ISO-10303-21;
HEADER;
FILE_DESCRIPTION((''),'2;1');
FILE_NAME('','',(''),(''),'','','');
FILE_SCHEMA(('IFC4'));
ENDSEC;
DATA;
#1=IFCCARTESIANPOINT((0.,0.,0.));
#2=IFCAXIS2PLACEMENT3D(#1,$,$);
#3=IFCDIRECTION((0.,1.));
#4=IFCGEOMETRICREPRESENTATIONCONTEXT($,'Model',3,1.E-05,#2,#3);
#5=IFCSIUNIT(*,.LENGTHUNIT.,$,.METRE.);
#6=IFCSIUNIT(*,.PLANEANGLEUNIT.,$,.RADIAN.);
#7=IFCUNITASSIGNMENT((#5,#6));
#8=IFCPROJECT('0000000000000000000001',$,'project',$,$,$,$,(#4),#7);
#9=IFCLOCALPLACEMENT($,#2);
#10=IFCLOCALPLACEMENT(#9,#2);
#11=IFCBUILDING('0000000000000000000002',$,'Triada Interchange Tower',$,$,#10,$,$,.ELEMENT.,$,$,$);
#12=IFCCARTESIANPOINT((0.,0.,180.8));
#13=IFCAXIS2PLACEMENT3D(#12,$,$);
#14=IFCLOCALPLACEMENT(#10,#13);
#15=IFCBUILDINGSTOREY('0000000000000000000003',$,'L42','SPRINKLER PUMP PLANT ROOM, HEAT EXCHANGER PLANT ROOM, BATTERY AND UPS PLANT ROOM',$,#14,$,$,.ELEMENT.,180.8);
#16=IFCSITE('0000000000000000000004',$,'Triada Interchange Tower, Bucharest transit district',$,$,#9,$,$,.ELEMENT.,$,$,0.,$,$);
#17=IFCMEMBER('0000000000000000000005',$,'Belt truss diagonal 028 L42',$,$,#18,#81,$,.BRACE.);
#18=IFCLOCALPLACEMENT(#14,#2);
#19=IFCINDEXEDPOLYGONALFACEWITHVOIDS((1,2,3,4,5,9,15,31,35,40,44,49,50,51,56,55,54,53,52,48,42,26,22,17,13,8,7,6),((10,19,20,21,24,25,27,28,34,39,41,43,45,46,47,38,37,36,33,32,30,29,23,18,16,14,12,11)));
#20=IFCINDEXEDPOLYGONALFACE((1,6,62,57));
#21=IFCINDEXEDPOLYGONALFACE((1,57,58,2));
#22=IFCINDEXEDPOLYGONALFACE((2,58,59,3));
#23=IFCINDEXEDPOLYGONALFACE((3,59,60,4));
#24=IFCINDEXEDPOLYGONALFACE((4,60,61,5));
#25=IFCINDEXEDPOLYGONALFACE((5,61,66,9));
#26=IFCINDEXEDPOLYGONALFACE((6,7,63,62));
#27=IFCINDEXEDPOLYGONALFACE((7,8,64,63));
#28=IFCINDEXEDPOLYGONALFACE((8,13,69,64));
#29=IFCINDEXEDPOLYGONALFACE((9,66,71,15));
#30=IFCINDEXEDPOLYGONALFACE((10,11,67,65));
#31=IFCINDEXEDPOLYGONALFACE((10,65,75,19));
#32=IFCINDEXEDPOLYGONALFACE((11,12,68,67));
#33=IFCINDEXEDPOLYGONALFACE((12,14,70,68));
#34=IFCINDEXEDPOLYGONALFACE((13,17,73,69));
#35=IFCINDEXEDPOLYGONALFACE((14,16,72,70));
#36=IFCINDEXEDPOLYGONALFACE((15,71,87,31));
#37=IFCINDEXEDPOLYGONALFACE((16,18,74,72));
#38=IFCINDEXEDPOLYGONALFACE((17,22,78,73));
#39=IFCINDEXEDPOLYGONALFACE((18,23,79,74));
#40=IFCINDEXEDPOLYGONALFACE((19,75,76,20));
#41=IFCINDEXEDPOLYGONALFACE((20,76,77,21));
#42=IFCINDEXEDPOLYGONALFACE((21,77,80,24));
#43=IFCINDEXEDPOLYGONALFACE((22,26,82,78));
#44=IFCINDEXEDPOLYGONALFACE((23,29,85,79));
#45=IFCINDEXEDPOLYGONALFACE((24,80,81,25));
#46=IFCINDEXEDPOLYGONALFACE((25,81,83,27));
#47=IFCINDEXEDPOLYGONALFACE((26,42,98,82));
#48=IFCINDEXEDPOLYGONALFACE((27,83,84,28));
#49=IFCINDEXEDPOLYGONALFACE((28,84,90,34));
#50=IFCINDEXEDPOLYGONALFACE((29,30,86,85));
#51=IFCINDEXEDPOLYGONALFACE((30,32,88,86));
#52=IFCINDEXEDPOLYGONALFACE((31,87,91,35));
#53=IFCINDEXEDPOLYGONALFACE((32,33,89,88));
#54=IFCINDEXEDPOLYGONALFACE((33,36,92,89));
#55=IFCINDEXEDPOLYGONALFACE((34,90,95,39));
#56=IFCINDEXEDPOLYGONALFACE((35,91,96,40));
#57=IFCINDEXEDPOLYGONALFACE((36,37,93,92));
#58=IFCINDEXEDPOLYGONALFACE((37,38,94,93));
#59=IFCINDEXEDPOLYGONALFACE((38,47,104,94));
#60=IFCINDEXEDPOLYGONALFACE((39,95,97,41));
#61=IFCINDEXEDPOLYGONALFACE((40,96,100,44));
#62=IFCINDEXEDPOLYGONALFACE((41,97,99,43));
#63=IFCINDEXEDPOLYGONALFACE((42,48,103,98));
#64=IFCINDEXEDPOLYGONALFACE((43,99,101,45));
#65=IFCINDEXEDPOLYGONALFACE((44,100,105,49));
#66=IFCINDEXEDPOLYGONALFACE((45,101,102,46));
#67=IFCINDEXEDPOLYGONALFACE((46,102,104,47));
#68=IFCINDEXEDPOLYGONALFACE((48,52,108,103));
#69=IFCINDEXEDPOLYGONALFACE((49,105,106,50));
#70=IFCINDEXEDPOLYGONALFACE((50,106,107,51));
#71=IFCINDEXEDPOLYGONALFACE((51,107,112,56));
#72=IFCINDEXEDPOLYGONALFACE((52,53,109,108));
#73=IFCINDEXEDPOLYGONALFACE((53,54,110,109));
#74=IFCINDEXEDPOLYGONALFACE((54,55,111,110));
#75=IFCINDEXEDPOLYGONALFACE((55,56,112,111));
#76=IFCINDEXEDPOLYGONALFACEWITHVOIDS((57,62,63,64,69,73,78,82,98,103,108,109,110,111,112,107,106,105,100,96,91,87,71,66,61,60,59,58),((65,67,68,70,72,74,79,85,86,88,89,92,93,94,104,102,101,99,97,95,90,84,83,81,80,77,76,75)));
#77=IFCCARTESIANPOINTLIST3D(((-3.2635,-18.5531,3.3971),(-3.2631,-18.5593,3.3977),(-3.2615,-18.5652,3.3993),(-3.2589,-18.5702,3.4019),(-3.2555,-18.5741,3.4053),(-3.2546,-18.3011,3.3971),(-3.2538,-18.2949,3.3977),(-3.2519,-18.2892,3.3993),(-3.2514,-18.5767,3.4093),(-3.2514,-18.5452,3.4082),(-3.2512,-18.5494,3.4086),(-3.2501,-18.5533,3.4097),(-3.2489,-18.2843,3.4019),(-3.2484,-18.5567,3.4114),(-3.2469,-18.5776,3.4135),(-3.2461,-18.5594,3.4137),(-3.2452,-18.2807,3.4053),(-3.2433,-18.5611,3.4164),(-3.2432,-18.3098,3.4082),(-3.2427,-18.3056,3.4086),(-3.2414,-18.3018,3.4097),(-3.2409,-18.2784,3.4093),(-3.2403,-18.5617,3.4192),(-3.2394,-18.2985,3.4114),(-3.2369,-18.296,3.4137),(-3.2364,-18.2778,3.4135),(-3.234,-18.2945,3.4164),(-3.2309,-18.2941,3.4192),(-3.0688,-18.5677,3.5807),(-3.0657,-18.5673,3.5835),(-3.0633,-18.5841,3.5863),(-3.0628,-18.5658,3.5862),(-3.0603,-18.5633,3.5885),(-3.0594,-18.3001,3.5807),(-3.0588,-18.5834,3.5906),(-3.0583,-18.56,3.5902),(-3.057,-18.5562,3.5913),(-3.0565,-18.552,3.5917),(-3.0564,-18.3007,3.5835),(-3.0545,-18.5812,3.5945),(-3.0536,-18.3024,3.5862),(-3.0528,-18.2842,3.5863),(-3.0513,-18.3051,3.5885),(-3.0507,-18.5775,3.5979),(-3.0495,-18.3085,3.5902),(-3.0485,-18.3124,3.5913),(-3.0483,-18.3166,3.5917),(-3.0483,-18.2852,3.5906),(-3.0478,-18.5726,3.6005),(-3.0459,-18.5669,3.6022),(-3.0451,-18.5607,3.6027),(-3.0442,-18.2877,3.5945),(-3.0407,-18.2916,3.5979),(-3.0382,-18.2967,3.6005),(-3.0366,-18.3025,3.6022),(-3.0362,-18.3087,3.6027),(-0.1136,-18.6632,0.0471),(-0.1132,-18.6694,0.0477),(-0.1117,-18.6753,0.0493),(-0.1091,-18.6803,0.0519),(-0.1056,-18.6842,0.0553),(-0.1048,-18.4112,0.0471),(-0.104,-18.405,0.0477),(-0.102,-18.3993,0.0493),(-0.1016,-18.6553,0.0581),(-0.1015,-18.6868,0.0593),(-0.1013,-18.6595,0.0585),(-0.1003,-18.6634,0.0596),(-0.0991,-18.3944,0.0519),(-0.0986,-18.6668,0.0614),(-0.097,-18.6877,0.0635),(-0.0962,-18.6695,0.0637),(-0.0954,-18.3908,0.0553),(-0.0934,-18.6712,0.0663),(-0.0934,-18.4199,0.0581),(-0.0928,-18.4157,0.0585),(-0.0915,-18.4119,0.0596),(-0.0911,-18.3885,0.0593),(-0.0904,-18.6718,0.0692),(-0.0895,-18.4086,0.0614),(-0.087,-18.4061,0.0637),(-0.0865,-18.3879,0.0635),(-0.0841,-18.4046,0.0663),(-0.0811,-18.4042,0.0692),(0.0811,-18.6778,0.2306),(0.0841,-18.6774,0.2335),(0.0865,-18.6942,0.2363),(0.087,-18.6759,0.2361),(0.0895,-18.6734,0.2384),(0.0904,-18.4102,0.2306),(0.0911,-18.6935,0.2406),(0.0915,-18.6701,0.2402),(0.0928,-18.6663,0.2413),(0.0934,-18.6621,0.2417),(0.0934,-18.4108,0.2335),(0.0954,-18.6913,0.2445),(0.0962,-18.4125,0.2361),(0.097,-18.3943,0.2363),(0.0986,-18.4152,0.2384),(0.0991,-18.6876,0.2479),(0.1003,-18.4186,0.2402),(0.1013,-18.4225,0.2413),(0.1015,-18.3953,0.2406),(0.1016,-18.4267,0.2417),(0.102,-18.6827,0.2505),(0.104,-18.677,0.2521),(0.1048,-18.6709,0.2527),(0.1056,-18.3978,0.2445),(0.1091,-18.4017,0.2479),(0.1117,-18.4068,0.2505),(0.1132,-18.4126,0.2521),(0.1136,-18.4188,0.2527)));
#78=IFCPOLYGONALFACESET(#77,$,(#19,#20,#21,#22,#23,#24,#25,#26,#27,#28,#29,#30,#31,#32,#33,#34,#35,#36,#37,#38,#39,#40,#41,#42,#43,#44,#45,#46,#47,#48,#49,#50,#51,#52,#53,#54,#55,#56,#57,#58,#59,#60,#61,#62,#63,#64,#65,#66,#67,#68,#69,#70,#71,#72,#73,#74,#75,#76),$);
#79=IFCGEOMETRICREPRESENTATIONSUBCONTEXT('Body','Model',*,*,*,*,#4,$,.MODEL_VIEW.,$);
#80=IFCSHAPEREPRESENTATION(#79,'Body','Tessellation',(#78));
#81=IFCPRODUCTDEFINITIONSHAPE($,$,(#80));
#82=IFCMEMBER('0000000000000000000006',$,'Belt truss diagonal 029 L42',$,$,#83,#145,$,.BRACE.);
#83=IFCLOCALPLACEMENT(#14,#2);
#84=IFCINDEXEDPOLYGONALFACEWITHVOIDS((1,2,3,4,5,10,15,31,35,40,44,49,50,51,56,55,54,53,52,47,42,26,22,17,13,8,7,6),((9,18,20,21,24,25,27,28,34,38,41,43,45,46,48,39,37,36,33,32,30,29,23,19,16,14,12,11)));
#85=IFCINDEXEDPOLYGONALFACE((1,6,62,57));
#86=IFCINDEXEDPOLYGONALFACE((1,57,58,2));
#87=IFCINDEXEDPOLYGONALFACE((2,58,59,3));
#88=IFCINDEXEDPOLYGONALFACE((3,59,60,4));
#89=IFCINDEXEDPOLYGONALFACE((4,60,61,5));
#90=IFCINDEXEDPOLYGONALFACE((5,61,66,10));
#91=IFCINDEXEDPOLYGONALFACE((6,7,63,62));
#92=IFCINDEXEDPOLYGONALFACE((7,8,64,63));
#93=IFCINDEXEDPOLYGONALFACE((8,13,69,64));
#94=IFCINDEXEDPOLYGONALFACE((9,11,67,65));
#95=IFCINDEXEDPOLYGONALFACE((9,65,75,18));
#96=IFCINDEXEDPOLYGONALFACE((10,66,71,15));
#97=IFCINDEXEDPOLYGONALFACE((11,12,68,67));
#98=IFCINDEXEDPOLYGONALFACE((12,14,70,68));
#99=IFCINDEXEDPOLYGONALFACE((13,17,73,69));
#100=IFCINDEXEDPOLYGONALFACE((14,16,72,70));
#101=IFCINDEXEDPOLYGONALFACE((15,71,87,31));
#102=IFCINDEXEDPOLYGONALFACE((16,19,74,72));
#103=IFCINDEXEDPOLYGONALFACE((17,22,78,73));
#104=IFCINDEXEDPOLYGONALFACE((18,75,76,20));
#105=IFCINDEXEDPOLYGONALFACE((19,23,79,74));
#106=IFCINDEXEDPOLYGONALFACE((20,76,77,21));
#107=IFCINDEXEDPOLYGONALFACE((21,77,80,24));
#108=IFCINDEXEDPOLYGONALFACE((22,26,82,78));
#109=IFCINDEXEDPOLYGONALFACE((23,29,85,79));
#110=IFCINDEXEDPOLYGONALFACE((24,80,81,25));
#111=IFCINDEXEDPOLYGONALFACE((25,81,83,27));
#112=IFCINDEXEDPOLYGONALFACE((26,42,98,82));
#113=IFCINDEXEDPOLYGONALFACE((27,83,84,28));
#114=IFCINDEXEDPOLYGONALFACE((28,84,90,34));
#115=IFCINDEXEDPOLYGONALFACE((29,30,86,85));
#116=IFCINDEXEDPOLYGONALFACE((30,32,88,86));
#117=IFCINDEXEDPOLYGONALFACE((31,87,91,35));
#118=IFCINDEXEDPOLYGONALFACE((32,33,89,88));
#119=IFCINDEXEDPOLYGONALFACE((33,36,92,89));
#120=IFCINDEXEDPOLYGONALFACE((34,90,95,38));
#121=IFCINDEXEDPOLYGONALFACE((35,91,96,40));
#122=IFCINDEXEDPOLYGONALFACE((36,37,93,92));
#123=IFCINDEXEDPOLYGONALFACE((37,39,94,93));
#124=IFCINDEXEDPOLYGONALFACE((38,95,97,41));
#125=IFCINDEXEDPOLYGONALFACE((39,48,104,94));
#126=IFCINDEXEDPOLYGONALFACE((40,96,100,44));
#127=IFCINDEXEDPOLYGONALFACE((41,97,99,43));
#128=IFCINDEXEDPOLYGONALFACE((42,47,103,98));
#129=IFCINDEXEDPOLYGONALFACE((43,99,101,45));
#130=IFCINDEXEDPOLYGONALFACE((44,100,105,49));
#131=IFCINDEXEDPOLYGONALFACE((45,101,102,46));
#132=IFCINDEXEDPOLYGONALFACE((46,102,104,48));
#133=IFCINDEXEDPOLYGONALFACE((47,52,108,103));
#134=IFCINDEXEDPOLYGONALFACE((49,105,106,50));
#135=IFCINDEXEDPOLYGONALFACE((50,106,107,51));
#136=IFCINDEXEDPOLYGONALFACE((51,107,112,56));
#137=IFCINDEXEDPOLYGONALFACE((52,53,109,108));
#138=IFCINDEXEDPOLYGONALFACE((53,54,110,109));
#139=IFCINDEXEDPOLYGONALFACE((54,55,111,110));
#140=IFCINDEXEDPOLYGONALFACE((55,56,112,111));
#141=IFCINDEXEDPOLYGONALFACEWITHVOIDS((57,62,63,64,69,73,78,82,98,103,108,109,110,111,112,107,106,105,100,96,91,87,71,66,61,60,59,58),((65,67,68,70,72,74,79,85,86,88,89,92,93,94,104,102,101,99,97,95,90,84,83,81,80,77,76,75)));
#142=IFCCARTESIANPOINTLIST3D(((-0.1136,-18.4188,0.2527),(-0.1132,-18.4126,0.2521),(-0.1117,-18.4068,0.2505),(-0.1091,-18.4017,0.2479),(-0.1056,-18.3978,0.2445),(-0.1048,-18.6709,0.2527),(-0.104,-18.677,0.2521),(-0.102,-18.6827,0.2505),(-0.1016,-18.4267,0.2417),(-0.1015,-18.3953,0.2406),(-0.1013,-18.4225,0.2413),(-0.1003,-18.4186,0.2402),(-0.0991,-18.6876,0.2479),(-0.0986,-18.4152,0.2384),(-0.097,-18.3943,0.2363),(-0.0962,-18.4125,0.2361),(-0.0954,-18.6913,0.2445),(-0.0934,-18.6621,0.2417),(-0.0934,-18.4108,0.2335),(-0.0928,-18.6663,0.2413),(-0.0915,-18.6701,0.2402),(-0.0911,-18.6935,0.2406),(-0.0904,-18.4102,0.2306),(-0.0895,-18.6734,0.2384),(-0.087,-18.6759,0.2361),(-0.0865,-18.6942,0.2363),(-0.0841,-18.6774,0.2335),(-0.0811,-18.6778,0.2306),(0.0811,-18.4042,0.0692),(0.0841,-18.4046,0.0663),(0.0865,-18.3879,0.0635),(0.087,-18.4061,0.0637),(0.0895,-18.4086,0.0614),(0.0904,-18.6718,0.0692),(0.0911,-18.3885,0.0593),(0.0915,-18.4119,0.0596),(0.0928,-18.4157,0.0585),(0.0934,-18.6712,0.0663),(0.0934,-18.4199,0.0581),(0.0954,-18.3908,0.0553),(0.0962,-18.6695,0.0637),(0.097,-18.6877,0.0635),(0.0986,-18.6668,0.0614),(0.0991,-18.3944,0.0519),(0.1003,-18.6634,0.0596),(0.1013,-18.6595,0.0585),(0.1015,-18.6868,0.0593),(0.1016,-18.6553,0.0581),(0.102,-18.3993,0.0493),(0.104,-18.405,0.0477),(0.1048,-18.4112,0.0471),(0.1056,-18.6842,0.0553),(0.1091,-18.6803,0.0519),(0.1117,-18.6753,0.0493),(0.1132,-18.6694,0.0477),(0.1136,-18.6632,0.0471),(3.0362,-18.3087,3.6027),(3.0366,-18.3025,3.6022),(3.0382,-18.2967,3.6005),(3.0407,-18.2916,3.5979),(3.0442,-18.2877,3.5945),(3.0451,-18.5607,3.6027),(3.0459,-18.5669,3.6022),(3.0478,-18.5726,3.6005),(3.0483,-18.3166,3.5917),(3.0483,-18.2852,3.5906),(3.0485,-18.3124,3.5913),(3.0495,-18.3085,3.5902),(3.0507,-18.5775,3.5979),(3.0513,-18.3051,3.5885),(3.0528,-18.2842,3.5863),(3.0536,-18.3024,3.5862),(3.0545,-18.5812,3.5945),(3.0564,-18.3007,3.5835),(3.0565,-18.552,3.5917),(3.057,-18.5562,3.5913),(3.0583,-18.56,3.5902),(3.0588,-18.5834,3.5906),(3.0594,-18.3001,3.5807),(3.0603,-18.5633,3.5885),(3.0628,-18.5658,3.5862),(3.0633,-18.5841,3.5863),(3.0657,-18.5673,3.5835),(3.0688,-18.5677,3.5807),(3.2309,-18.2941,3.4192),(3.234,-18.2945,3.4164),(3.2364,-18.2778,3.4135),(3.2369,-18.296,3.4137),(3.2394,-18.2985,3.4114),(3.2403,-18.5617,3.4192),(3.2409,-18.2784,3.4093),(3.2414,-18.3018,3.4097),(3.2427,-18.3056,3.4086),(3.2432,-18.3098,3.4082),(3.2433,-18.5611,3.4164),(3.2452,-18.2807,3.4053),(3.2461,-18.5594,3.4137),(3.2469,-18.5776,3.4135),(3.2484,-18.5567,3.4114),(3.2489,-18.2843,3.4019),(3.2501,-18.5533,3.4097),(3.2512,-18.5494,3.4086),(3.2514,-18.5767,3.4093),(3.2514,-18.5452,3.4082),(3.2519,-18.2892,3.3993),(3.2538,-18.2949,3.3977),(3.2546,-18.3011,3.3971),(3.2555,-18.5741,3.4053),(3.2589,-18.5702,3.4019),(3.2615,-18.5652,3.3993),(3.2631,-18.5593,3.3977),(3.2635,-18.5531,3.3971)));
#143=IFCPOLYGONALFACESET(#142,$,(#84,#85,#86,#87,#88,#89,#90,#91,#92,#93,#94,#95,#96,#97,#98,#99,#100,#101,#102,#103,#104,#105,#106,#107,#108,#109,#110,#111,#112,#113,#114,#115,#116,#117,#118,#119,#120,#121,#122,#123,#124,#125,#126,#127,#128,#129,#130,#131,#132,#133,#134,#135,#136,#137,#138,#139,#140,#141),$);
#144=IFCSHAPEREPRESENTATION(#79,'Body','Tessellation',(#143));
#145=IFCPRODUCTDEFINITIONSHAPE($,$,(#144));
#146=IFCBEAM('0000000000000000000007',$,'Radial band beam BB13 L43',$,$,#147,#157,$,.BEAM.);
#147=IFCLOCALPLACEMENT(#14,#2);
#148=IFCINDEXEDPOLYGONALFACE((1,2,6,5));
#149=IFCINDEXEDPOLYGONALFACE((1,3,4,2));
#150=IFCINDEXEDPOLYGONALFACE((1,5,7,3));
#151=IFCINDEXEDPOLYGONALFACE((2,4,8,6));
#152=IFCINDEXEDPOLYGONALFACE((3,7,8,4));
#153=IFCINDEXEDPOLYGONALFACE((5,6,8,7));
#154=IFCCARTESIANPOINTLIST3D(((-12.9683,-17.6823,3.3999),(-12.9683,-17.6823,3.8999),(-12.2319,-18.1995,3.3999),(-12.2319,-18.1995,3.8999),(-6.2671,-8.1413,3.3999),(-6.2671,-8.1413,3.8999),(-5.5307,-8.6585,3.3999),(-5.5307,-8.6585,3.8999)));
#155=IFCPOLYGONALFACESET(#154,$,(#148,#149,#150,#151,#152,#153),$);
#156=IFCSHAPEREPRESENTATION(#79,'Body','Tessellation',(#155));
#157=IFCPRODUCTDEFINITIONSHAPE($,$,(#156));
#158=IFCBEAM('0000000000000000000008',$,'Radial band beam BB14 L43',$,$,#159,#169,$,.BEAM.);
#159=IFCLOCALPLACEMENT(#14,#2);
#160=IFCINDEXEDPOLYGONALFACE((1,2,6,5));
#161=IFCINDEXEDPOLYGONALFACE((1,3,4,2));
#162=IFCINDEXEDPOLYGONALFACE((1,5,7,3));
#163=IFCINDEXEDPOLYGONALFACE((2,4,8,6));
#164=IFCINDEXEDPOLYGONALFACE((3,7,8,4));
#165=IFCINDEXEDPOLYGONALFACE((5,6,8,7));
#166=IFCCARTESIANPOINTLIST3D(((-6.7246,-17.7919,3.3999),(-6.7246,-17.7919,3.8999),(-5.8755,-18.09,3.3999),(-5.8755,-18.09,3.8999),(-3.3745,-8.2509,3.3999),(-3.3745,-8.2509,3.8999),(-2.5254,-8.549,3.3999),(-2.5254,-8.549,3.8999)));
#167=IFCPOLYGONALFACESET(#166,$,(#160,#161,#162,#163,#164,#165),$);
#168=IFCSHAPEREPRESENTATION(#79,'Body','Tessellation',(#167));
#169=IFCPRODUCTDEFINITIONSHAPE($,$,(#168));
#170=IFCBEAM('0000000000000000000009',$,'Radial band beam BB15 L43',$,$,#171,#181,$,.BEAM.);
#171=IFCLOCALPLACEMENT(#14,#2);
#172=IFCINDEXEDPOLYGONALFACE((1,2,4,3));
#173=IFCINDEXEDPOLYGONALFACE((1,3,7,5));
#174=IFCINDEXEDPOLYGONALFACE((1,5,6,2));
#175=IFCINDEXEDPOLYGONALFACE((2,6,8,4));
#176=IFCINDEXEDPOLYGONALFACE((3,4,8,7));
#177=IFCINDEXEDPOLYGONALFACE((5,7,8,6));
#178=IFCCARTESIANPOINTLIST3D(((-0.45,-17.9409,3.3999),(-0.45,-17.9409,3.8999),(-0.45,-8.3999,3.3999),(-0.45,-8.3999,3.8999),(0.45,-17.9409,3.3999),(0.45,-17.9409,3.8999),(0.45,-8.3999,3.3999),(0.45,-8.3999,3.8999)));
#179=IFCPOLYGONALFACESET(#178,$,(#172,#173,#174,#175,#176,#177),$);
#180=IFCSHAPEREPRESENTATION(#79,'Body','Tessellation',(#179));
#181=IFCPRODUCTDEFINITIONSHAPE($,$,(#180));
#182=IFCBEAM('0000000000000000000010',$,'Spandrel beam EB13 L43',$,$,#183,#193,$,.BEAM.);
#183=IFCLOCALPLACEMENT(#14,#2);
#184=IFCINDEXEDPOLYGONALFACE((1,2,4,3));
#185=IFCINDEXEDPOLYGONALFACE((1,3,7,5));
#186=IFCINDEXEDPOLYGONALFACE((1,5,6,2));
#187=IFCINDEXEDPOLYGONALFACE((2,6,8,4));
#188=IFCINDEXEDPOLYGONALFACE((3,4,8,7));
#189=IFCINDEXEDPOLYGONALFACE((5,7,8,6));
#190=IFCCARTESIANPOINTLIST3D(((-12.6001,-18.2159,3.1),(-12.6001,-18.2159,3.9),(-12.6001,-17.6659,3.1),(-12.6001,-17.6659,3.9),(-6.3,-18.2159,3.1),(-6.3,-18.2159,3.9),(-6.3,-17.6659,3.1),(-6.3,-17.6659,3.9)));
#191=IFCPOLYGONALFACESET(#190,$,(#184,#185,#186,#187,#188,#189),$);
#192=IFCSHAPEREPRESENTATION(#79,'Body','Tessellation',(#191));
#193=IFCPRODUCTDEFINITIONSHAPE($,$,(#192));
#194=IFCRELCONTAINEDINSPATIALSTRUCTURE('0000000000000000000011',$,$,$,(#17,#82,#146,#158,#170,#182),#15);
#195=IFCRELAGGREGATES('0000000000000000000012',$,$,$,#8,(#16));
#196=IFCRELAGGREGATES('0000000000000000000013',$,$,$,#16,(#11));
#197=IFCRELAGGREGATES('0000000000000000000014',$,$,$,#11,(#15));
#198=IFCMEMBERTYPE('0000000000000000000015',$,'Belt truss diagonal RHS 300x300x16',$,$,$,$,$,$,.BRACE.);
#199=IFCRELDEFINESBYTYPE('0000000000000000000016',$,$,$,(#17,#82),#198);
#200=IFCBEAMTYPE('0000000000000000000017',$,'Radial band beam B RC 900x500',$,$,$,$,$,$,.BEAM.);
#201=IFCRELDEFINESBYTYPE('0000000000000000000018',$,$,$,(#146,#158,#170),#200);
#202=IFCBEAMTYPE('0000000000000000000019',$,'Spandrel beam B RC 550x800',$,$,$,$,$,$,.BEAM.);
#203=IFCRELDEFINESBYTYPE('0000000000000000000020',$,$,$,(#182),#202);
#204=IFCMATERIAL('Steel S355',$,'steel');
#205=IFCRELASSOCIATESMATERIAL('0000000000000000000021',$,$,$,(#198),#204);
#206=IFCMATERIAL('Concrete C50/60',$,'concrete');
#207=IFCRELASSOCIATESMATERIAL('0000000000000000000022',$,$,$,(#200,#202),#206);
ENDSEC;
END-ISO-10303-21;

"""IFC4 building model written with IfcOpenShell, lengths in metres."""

from ifc_helpers import new_model, si_unit, direction, frame, origin, origin_2d, place, context, subcontext, project, spatial, rectangle, hollow_rectangle, extrude, material, material_profile, profile_set, type_object, element, save


model = new_model("IFC4")

# Units and contexts
model_context = context("Model", 3, precision=1e-05, world=origin(), true_north=direction((0.0, 1.0)))
body_context = subcontext(model_context, "Body", "Model", "MODEL_VIEW")
ifc_project = project(units=[si_unit("LENGTHUNIT", "METRE"), si_unit("PLANEANGLEUNIT", "RADIAN")], contexts=[model_context])

# Site, building, storey
site_placement = place(None, origin())
site = spatial("IfcSite", under=ifc_project, at=site_placement, Name="Triada Interchange Tower, Bucharest transit district", CompositionType="ELEMENT", RefElevation=0.0)
building_placement = place(site_placement, origin())
building = spatial("IfcBuilding", under=site, at=building_placement, Name="Triada Interchange Tower", CompositionType="ELEMENT")
storey_placement = place(building_placement, frame((0.0, 0.0, 180.8)))
storey = spatial("IfcBuildingStorey", under=building, at=storey_placement, Name="L42", Description="SPRINKLER PUMP PLANT ROOM, HEAT EXCHANGER PLANT ROOM, BATTERY AND UPS PLANT ROOM", CompositionType="ELEMENT", Elevation=180.8)

# Members
ifc_material_1 = material(Name="Steel S355", Category="steel")
ifc_material_profile_1 = material_profile(ifc_material_1, hollow_rectangle(XDim=0.3, YDim=0.3, WallThickness=0.0161, InnerFilletRadius=0.0161, OuterFilletRadius=0.0239, at=origin_2d()), Name="RHS 300x300x16")
ifc_profile_set_1 = profile_set([ifc_material_profile_1], Name="Steel S355")
member_type = type_object("IfcMemberType", Name="Belt truss diagonal RHS 300x300x16", PredefinedType="BRACE", material=ifc_profile_set_1)
for number, where, z_axis, x_axis, name in (
    (1, (0.0, -18.541, 0.1499), (-0.684807, 0.023938, 0.728331), (-0.034934, -0.99939, 0.0), "Belt truss diagonal 028 L42"),
    (2, (0.0, -18.541, 0.1499), (0.684807, 0.023938, 0.728331), (-0.034934, 0.99939, 0.0), "Belt truss diagonal 029 L42"),
):
    element("IfcMember", number, at=place(storey_placement, frame(where, z_axis=z_axis, x_axis=x_axis)), inside=storey, type_object=member_type, Name=name, PredefinedType="BRACE", context=body_context, shape_type="SweptSolid", body=[
        extrude(hollow_rectangle(XDim=0.3, YDim=0.3, WallThickness=0.0161, InnerFilletRadius=0.0161, OuterFilletRadius=0.0239, at=origin_2d()), origin(), (0.0, 0.0, 1.0), 4.5996),
    ])

# Beams
ifc_material_2 = material(Name="Concrete C50/60", Category="concrete")
ifc_material_profile_2 = material_profile(ifc_material_2, rectangle(XDim=0.8999, YDim=0.5, at=origin_2d()), Name="RC 900x500")
ifc_profile_set_2 = profile_set([ifc_material_profile_2], Name="Concrete C50/60")
beam_type_1 = type_object("IfcBeamType", Name="Radial band beam B RC 900x500", PredefinedType="BEAM", material=ifc_profile_set_2)
beam_1_placement = place(storey_placement, frame((-12.6001, -17.9409, 3.6499), z_axis=(0.574755, 0.818326, 0.0), x_axis=(-0.818326, 0.574755, 0.0)))
element("IfcBeam", 3, at=beam_1_placement, inside=storey, type_object=beam_type_1, Name="Radial band beam BB13 L43", PredefinedType="BEAM", context=body_context, shape_type="SweptSolid", body=[
    extrude(rectangle(XDim=0.8999, YDim=0.5, at=origin_2d()), origin(), (0.0, 0.0, 1.0), 11.6592),
])
beam_2_placement = place(storey_placement, frame((-6.3, -17.9409, 3.6499), z_axis=(0.331297, 0.943527, 0.0), x_axis=(-0.943527, 0.331297, 0.0)))
element("IfcBeam", 4, at=beam_2_placement, inside=storey, type_object=beam_type_1, Name="Radial band beam BB14 L43", PredefinedType="BEAM", context=body_context, shape_type="SweptSolid", body=[
    extrude(rectangle(XDim=0.8999, YDim=0.5, at=origin_2d()), origin(), (0.0, 0.0, 1.0), 10.1121),
])
beam_3_placement = place(storey_placement, frame((0.0, -17.9409, 3.6499), z_axis=(0.0, 1.0, 0.0), x_axis=(-1.0, 0.0, 0.0)))
element("IfcBeam", 5, at=beam_3_placement, inside=storey, type_object=beam_type_1, Name="Radial band beam BB15 L43", PredefinedType="BEAM", context=body_context, shape_type="SweptSolid", body=[
    extrude(rectangle(XDim=0.8999, YDim=0.5, at=origin_2d()), origin(), (0.0, 0.0, 1.0), 9.541),
])
ifc_material_profile_3 = material_profile(ifc_material_2, rectangle(XDim=0.55, YDim=0.8, at=origin_2d()), Name="RC 550x800")
ifc_profile_set_3 = profile_set([ifc_material_profile_3], Name="Concrete C50/60")
beam_type_2 = type_object("IfcBeamType", Name="Spandrel beam B RC 550x800", PredefinedType="BEAM", material=ifc_profile_set_3)
for number, where, z_axis, x_axis, name in (
    (6, (-12.6001, -17.9409, 3.5), (1.0, 0.0, 0.0), (0.0, 1.0, 0.0), "Spandrel beam EB13 L43"),
):
    element("IfcBeam", number, at=place(storey_placement, frame(where, z_axis=z_axis, x_axis=x_axis)), inside=storey, type_object=beam_type_2, Name=name, PredefinedType="BEAM", context=body_context, shape_type="SweptSolid", body=[
        extrude(rectangle(XDim=0.55, YDim=0.8, at=origin_2d()), origin(), (0.0, 0.0, 1.0), 6.3),
    ])

save(model, "model.ifc")
